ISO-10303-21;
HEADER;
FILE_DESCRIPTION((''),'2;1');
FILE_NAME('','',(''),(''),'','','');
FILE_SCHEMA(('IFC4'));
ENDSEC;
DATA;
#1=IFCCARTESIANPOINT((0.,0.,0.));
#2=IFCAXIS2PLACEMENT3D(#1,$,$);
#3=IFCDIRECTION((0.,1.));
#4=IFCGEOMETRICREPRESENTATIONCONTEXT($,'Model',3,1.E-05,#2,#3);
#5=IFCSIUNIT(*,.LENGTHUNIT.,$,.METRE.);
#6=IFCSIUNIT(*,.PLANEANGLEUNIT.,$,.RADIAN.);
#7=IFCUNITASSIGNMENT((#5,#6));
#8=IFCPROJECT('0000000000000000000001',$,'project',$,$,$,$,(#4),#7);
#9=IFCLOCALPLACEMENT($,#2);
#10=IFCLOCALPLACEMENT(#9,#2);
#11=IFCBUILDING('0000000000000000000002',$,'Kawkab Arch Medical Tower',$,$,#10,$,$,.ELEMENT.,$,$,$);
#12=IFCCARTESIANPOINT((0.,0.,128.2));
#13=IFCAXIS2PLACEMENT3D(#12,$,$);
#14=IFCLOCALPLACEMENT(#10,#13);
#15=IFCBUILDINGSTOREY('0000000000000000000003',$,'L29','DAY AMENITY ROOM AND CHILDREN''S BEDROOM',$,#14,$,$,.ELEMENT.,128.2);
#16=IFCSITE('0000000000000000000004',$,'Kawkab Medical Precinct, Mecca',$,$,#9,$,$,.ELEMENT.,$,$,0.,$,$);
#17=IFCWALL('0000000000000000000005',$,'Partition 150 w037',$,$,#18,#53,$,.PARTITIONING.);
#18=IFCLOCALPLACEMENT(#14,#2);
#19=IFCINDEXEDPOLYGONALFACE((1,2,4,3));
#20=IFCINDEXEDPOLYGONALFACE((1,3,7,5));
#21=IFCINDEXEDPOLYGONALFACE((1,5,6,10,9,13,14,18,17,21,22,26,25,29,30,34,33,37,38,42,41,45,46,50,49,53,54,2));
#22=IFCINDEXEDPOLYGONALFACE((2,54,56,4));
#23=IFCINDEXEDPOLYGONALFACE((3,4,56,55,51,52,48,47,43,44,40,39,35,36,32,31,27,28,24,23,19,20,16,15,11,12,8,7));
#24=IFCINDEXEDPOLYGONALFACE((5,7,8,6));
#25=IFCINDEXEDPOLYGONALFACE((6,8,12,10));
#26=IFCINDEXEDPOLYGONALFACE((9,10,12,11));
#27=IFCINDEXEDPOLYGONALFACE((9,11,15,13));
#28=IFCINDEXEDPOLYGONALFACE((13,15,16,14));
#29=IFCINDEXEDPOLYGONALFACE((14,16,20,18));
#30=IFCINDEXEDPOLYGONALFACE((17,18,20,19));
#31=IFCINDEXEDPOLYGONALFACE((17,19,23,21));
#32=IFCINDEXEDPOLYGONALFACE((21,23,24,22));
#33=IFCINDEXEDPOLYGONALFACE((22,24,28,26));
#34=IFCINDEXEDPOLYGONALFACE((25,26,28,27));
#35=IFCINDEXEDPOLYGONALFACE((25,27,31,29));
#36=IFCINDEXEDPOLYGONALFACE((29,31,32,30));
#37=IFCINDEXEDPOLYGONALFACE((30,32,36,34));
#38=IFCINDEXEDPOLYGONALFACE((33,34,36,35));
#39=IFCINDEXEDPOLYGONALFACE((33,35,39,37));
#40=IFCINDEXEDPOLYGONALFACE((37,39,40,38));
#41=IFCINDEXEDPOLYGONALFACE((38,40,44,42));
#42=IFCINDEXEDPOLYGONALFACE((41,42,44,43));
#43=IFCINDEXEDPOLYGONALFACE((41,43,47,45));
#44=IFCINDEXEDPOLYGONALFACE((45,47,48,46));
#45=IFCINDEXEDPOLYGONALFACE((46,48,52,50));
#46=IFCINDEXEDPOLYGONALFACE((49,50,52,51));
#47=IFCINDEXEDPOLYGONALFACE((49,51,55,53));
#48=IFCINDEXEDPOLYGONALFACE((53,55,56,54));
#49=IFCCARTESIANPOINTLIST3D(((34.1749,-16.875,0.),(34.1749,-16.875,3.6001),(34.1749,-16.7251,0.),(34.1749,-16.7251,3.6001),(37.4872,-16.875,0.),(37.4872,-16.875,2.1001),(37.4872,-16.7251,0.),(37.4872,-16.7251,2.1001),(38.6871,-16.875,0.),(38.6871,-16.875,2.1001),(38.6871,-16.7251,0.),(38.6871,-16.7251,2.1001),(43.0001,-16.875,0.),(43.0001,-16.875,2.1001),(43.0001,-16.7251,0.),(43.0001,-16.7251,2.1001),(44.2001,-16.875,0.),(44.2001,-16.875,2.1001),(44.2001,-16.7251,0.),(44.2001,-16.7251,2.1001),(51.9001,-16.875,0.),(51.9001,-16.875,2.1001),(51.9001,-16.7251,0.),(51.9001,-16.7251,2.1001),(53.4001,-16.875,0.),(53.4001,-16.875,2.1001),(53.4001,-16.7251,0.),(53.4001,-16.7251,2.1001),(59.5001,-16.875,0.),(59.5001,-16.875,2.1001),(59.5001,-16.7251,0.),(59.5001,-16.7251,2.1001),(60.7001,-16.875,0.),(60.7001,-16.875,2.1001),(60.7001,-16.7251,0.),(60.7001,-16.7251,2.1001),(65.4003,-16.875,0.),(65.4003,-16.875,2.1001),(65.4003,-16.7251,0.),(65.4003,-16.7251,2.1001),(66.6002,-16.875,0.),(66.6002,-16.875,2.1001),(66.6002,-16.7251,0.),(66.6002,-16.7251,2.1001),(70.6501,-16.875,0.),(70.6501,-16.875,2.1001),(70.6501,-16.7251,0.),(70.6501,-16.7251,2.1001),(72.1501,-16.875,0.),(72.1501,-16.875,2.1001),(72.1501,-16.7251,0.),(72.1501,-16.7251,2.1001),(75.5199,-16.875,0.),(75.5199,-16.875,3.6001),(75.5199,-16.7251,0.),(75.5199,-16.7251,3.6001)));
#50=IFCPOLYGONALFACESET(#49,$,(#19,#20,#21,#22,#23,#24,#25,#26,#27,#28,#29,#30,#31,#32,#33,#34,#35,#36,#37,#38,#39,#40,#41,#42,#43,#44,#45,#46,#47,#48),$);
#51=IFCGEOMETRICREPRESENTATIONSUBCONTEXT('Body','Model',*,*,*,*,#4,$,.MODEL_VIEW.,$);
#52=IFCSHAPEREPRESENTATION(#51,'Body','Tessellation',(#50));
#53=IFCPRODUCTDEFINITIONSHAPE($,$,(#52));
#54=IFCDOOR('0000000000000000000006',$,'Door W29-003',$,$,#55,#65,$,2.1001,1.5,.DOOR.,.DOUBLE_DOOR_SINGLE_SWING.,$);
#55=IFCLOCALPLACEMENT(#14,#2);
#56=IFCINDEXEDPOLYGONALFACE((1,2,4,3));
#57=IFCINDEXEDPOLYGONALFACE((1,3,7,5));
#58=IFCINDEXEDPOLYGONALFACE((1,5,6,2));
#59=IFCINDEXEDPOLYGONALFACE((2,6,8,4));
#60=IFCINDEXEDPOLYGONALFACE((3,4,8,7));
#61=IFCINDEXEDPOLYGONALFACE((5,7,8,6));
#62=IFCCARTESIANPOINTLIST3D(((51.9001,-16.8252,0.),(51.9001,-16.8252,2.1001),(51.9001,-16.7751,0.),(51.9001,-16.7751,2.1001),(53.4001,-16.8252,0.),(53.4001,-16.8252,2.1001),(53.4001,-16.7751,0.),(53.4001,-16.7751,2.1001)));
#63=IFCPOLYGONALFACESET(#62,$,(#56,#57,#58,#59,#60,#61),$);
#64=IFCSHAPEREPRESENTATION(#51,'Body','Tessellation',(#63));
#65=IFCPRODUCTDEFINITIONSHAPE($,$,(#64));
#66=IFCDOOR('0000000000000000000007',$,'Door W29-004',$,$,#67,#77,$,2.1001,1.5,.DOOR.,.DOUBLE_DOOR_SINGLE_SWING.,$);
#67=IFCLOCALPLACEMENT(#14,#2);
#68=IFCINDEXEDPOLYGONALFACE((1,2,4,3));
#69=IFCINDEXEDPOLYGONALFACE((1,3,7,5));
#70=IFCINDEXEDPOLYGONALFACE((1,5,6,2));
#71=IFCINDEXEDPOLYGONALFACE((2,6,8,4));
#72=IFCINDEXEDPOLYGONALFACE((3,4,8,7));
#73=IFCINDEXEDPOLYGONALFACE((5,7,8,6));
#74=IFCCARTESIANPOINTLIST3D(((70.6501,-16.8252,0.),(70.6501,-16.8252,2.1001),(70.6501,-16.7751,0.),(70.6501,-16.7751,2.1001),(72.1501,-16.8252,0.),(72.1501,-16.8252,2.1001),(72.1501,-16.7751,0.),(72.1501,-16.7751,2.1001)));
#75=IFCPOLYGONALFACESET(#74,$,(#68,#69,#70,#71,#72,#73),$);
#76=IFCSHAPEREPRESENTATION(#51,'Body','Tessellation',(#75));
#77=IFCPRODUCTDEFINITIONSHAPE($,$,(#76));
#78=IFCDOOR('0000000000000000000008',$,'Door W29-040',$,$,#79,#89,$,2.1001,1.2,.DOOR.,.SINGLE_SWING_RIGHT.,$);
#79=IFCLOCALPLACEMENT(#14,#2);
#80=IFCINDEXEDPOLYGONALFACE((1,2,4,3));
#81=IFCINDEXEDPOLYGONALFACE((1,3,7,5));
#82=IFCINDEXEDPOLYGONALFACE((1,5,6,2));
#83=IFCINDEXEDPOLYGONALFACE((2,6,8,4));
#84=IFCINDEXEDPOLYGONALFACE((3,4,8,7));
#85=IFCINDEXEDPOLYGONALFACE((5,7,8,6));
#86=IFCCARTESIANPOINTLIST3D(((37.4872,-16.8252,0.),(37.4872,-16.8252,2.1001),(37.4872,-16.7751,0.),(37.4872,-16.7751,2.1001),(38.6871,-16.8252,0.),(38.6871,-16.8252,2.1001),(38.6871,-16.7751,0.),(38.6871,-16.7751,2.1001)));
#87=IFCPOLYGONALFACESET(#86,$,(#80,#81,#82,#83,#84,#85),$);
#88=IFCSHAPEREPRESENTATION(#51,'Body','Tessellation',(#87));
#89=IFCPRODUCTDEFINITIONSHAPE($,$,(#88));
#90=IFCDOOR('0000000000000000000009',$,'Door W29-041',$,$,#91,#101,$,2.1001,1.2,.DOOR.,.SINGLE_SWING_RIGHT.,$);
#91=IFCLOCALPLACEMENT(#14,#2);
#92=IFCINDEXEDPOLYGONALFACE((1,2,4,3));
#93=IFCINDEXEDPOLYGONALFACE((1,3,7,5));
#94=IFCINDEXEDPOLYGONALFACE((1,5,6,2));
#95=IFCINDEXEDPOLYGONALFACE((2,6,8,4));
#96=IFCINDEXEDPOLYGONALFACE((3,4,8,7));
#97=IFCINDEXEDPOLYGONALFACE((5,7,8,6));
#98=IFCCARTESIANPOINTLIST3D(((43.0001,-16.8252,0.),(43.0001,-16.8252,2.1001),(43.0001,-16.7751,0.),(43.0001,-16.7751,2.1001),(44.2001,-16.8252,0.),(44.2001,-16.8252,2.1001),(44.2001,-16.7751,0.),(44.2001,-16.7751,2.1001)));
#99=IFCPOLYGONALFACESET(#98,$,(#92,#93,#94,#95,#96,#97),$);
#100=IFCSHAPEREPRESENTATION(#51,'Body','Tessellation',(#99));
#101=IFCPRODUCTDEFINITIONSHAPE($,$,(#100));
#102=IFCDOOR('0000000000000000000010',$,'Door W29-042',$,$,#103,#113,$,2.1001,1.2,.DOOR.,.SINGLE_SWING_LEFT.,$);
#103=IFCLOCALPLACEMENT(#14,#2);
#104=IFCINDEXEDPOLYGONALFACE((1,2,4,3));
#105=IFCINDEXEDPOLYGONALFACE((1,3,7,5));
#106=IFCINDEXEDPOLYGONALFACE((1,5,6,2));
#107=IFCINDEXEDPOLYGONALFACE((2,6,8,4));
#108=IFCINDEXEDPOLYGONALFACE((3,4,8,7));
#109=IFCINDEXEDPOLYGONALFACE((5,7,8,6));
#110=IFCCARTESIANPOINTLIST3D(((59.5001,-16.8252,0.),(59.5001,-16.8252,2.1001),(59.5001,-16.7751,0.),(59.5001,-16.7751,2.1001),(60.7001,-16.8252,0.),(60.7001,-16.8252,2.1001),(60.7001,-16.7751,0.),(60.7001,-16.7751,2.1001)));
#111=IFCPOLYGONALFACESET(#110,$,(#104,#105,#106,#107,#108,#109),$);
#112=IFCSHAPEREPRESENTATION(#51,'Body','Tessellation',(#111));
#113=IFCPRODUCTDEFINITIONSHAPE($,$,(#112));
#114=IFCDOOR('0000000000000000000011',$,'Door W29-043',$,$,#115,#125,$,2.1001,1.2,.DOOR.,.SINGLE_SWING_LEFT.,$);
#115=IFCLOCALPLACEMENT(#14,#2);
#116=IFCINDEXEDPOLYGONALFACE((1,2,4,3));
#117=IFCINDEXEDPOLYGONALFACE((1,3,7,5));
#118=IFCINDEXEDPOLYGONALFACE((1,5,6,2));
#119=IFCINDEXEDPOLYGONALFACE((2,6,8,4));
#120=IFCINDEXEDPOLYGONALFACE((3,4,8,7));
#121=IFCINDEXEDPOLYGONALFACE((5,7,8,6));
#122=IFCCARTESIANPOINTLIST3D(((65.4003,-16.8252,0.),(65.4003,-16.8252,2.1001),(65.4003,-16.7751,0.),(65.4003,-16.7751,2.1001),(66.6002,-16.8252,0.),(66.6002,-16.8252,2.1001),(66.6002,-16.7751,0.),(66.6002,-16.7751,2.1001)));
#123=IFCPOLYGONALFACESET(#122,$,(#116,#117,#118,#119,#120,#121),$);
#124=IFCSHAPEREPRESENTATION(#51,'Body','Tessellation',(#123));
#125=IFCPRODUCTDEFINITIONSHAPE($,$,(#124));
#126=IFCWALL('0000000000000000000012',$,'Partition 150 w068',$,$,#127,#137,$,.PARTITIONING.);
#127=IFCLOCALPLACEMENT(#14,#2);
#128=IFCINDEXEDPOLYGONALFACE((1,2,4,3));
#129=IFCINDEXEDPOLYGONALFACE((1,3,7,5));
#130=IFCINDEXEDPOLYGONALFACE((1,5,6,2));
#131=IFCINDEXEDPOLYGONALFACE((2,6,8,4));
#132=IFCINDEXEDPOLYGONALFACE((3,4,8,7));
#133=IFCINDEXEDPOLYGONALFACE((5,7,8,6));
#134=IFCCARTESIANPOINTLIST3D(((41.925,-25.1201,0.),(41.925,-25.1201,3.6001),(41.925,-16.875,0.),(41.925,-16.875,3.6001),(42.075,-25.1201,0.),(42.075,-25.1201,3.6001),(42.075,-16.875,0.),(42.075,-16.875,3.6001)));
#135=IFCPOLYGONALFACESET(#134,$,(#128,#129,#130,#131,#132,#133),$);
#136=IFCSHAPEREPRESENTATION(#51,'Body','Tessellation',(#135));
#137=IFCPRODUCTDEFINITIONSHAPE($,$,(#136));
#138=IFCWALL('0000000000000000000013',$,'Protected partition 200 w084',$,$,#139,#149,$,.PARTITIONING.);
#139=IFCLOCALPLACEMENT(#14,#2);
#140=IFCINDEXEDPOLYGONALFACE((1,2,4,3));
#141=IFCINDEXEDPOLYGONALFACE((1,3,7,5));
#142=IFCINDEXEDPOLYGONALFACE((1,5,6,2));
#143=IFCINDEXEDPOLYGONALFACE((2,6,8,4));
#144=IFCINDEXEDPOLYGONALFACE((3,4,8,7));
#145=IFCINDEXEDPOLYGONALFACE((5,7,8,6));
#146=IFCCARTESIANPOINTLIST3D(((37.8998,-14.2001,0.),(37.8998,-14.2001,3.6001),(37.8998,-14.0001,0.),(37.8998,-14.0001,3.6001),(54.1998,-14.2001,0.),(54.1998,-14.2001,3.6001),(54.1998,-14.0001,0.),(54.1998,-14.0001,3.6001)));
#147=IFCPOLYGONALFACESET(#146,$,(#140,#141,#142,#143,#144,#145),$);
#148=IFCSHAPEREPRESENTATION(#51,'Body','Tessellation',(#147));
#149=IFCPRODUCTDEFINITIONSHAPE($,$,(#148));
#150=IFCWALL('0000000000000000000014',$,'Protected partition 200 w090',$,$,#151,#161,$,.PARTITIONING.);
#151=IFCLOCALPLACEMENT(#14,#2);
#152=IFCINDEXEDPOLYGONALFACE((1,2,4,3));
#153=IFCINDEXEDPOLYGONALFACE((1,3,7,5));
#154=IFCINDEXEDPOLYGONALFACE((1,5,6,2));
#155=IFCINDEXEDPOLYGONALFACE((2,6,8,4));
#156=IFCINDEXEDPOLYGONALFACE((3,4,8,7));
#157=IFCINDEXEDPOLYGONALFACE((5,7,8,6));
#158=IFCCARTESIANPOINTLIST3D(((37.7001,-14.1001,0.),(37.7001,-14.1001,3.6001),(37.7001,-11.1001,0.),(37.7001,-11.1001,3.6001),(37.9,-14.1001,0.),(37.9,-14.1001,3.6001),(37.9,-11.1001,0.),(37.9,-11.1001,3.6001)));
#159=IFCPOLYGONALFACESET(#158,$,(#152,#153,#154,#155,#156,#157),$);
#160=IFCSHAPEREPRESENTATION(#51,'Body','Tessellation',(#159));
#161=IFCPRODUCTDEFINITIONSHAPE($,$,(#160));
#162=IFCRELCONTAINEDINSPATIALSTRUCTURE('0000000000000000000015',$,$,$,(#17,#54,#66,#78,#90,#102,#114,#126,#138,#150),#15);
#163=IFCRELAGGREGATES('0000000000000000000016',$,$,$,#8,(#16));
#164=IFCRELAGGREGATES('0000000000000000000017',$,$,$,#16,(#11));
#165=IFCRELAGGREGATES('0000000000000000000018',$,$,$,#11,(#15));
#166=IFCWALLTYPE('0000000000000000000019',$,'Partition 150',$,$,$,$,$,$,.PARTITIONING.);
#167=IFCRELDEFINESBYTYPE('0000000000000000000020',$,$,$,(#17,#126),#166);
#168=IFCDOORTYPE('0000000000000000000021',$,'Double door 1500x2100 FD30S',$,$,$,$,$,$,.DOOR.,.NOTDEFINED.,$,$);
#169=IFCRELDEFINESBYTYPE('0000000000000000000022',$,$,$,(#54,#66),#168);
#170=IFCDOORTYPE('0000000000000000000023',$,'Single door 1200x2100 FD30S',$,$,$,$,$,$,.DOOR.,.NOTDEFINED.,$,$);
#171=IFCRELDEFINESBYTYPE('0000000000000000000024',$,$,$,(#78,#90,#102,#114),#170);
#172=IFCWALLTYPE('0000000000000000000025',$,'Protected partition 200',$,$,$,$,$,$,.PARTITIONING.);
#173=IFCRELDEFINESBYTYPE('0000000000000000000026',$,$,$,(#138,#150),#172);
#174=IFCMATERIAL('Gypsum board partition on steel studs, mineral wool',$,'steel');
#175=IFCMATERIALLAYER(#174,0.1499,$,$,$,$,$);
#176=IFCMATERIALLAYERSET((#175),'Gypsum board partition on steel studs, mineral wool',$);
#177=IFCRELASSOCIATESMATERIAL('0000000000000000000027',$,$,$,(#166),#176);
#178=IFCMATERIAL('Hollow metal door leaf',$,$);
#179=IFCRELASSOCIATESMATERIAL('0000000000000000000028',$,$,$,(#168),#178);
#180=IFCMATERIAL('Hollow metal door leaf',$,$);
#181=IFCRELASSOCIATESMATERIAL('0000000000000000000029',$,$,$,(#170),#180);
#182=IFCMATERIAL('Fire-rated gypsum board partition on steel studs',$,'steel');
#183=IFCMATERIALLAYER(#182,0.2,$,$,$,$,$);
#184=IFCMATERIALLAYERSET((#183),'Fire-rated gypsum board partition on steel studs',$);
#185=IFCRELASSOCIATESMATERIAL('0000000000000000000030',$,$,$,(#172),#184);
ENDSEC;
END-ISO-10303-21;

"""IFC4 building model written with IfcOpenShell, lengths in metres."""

from ifc_helpers import new_model, si_unit, direction, frame, frame_2d, origin, place, context, subcontext, project, spatial, rectangle, extrude, material, layer, layer_set, type_object, element, fill, save


model = new_model("IFC4")

# Units and contexts
model_context = context("Model", 3, precision=1e-05, world=origin(), true_north=direction((0.0, 1.0)))
body_context = subcontext(model_context, "Body", "Model", "MODEL_VIEW")
ifc_project = project(units=[si_unit("LENGTHUNIT", "METRE"), si_unit("PLANEANGLEUNIT", "RADIAN")], contexts=[model_context])

# Site, building, storey
site_placement = place(None, origin())
site = spatial("IfcSite", under=ifc_project, at=site_placement, Name="Kawkab Medical Precinct, Mecca", CompositionType="ELEMENT", RefElevation=0.0)
building_placement = place(site_placement, origin())
building = spatial("IfcBuilding", under=site, at=building_placement, Name="Kawkab Arch Medical Tower", CompositionType="ELEMENT")
storey_placement = place(building_placement, frame((0.0, 0.0, 128.2)))
storey = spatial("IfcBuildingStorey", under=building, at=storey_placement, Name="L29", Description="DAY AMENITY ROOM AND CHILDREN'S BEDROOM", CompositionType="ELEMENT", Elevation=128.2)

# Wall, openings, doors
ifc_material_1 = material(Name="Gypsum board partition on steel studs, mineral wool", Category="steel")
ifc_layer_1 = layer(ifc_material_1, 0.1499)
ifc_layer_set_1 = layer_set([ifc_layer_1], Name="Gypsum board partition on steel studs, mineral wool")
wall_type_1 = type_object("IfcWallType", Name="Partition 150", PredefinedType="PARTITIONING", material=ifc_layer_set_1)
wall_1_placement = place(storey_placement, frame((34.175, -16.8, 0.0), z_axis=(0.0, 0.0, 1.0), x_axis=(1.0, 0.0, 0.0)))
wall_1 = element("IfcWall", 1, at=wall_1_placement, inside=storey, type_object=wall_type_1, Name="Partition 150 w037", PredefinedType="PARTITIONING", context=body_context, shape_type="SweptSolid", body=[
    extrude(rectangle(XDim=41.345, YDim=0.1499, at=frame_2d((20.6724, 0.0))), origin(), (0.0, 0.0, 1.0), 3.6001),
])
opening_1_placement = place(wall_1_placement, frame((3.312, 0.0, 0.0)))
opening_1 = element("IfcOpeningElement", 2, at=opening_1_placement, cuts=wall_1, PredefinedType="OPENING", context=body_context, shape_type="SweptSolid", body=[
    extrude(rectangle(XDim=1.2, YDim=2.1001, at=frame_2d((0.6001, 1.05))), frame((0.0, 0.085, 0.0), z_axis=(0.0, -1.0, 0.0), x_axis=(1.0, 0.0, 0.0)), (0.0, 0.0, 1.0), 0.1699),
])
opening_2_placement = place(wall_1_placement, frame((8.825, 0.0, 0.0)))
opening_2 = element("IfcOpeningElement", 3, at=opening_2_placement, cuts=wall_1, PredefinedType="OPENING", context=body_context, shape_type="SweptSolid", body=[
    extrude(rectangle(XDim=1.2, YDim=2.1001, at=frame_2d((0.6001, 1.05))), frame((0.0, 0.085, 0.0), z_axis=(0.0, -1.0, 0.0), x_axis=(1.0, 0.0, 0.0)), (0.0, 0.0, 1.0), 0.1699),
])
opening_3_placement = place(wall_1_placement, frame((17.7251, 0.0, 0.0)))
opening_3 = element("IfcOpeningElement", 4, at=opening_3_placement, cuts=wall_1, PredefinedType="OPENING", context=body_context, shape_type="SweptSolid", body=[
    extrude(rectangle(XDim=1.5, YDim=2.1001, at=frame_2d((0.75, 1.05))), frame((0.0, 0.085, 0.0), z_axis=(0.0, -1.0, 0.0), x_axis=(1.0, 0.0, 0.0)), (0.0, 0.0, 1.0), 0.1699),
])
opening_4_placement = place(wall_1_placement, frame((25.325, 0.0, 0.0)))
opening_4 = element("IfcOpeningElement", 5, at=opening_4_placement, cuts=wall_1, PredefinedType="OPENING", context=body_context, shape_type="SweptSolid", body=[
    extrude(rectangle(XDim=1.2, YDim=2.1001, at=frame_2d((0.6001, 1.05))), frame((0.0, 0.085, 0.0), z_axis=(0.0, -1.0, 0.0), x_axis=(1.0, 0.0, 0.0)), (0.0, 0.0, 1.0), 0.1699),
])
opening_5_placement = place(wall_1_placement, frame((31.2251, 0.0, 0.0)))
opening_5 = element("IfcOpeningElement", 6, at=opening_5_placement, cuts=wall_1, PredefinedType="OPENING", context=body_context, shape_type="SweptSolid", body=[
    extrude(rectangle(XDim=1.2, YDim=2.1001, at=frame_2d((0.6001, 1.05))), frame((0.0, 0.085, 0.0), z_axis=(0.0, -1.0, 0.0), x_axis=(1.0, 0.0, 0.0)), (0.0, 0.0, 1.0), 0.1699),
])
opening_6_placement = place(wall_1_placement, frame((36.4751, 0.0, 0.0)))
opening_6 = element("IfcOpeningElement", 7, at=opening_6_placement, cuts=wall_1, PredefinedType="OPENING", context=body_context, shape_type="SweptSolid", body=[
    extrude(rectangle(XDim=1.5, YDim=2.1001, at=frame_2d((0.75, 1.05))), frame((0.0, 0.085, 0.0), z_axis=(0.0, -1.0, 0.0), x_axis=(1.0, 0.0, 0.0)), (0.0, 0.0, 1.0), 0.1699),
])
ifc_material_2 = material(Name="Hollow metal door leaf")
door_type_1 = type_object("IfcDoorType", Name="Double door 1500x2100 FD30S", OperationType="NOTDEFINED", PredefinedType="DOOR", material=ifc_material_2)
door_1_placement = place(opening_3_placement, origin())
door_1 = element("IfcDoor", 8, at=door_1_placement, inside=storey, type_object=door_type_1, Name="Door W29-003", OperationType="DOUBLE_DOOR_SINGLE_SWING", OverallHeight=2.1001, OverallWidth=1.5, PredefinedType="DOOR", context=body_context, shape_type="SweptSolid", body=[
    extrude(rectangle(XDim=1.5, YDim=2.1001, at=frame_2d((0.75, 1.05))), frame((0.0, 0.0249, 0.0), z_axis=(0.0, -1.0, 0.0), x_axis=(1.0, 0.0, 0.0)), (0.0, 0.0, 1.0), 0.05),
])
fill(opening_3, door_1)
door_2_placement = place(opening_6_placement, origin())
door_2 = element("IfcDoor", 9, at=door_2_placement, inside=storey, type_object=door_type_1, Name="Door W29-004", OperationType="DOUBLE_DOOR_SINGLE_SWING", OverallHeight=2.1001, OverallWidth=1.5, PredefinedType="DOOR", context=body_context, shape_type="SweptSolid", body=[
    extrude(rectangle(XDim=1.5, YDim=2.1001, at=frame_2d((0.75, 1.05))), frame((0.0, 0.0249, 0.0), z_axis=(0.0, -1.0, 0.0), x_axis=(1.0, 0.0, 0.0)), (0.0, 0.0, 1.0), 0.05),
])
fill(opening_6, door_2)
ifc_material_3 = material(Name="Hollow metal door leaf")
door_type_2 = type_object("IfcDoorType", Name="Single door 1200x2100 FD30S", OperationType="NOTDEFINED", PredefinedType="DOOR", material=ifc_material_3)
door_3_placement = place(opening_1_placement, origin())
door_3 = element("IfcDoor", 10, at=door_3_placement, inside=storey, type_object=door_type_2, Name="Door W29-040", OperationType="SINGLE_SWING_RIGHT", OverallHeight=2.1001, OverallWidth=1.2, PredefinedType="DOOR", context=body_context, shape_type="SweptSolid", body=[
    extrude(rectangle(XDim=1.2, YDim=2.1001, at=frame_2d((0.6001, 1.05))), frame((0.0, 0.0249, 0.0), z_axis=(0.0, -1.0, 0.0), x_axis=(1.0, 0.0, 0.0)), (0.0, 0.0, 1.0), 0.05),
])
fill(opening_1, door_3)
door_4_placement = place(opening_2_placement, origin())
door_4 = element("IfcDoor", 11, at=door_4_placement, inside=storey, type_object=door_type_2, Name="Door W29-041", OperationType="SINGLE_SWING_RIGHT", OverallHeight=2.1001, OverallWidth=1.2, PredefinedType="DOOR", context=body_context, shape_type="SweptSolid", body=[
    extrude(rectangle(XDim=1.2, YDim=2.1001, at=frame_2d((0.6001, 1.05))), frame((0.0, 0.0249, 0.0), z_axis=(0.0, -1.0, 0.0), x_axis=(1.0, 0.0, 0.0)), (0.0, 0.0, 1.0), 0.05),
])
fill(opening_2, door_4)
door_5_placement = place(opening_4_placement, origin())
door_5 = element("IfcDoor", 12, at=door_5_placement, inside=storey, type_object=door_type_2, Name="Door W29-042", OperationType="SINGLE_SWING_LEFT", OverallHeight=2.1001, OverallWidth=1.2, PredefinedType="DOOR", context=body_context, shape_type="SweptSolid", body=[
    extrude(rectangle(XDim=1.2, YDim=2.1001, at=frame_2d((0.6001, 1.05))), frame((0.0, 0.0249, 0.0), z_axis=(0.0, -1.0, 0.0), x_axis=(1.0, 0.0, 0.0)), (0.0, 0.0, 1.0), 0.05),
])
fill(opening_4, door_5)
door_6_placement = place(opening_5_placement, origin())
door_6 = element("IfcDoor", 13, at=door_6_placement, inside=storey, type_object=door_type_2, Name="Door W29-043", OperationType="SINGLE_SWING_LEFT", OverallHeight=2.1001, OverallWidth=1.2, PredefinedType="DOOR", context=body_context, shape_type="SweptSolid", body=[
    extrude(rectangle(XDim=1.2, YDim=2.1001, at=frame_2d((0.6001, 1.05))), frame((0.0, 0.0249, 0.0), z_axis=(0.0, -1.0, 0.0), x_axis=(1.0, 0.0, 0.0)), (0.0, 0.0, 1.0), 0.05),
])
fill(opening_5, door_6)

# Walls
wall_2_placement = place(storey_placement, frame((42.0, -25.1201, 0.0), z_axis=(0.0, 0.0, 1.0), x_axis=(0.0, 1.0, 0.0)))
element("IfcWall", 14, at=wall_2_placement, inside=storey, type_object=wall_type_1, Name="Partition 150 w068", PredefinedType="PARTITIONING", context=body_context, shape_type="SweptSolid", body=[
    extrude(rectangle(XDim=8.2451, YDim=0.1499, at=frame_2d((4.1226, 0.0))), origin(), (0.0, 0.0, 1.0), 3.6001),
])
ifc_material_4 = material(Name="Fire-rated gypsum board partition on steel studs", Category="steel")
ifc_layer_2 = layer(ifc_material_4, 0.2)
ifc_layer_set_2 = layer_set([ifc_layer_2], Name="Fire-rated gypsum board partition on steel studs")
wall_type_2 = type_object("IfcWallType", Name="Protected partition 200", PredefinedType="PARTITIONING", material=ifc_layer_set_2)
wall_3_placement = place(storey_placement, frame((37.8999, -14.1001, 0.0), z_axis=(0.0, 0.0, 1.0), x_axis=(1.0, 0.0, 0.0)))
element("IfcWall", 15, at=wall_3_placement, inside=storey, type_object=wall_type_2, Name="Protected partition 200 w084", PredefinedType="PARTITIONING", context=body_context, shape_type="SweptSolid", body=[
    extrude(rectangle(XDim=16.3, YDim=0.2, at=frame_2d((8.1499, 0.0))), origin(), (0.0, 0.0, 1.0), 3.6001),
])
wall_4_placement = place(storey_placement, frame((37.8, -14.1001, 0.0), z_axis=(0.0, 0.0, 1.0), x_axis=(0.0, 1.0, 0.0)))
element("IfcWall", 16, at=wall_4_placement, inside=storey, type_object=wall_type_2, Name="Protected partition 200 w090", PredefinedType="PARTITIONING", context=body_context, shape_type="SweptSolid", body=[
    extrude(rectangle(XDim=3.0, YDim=0.2, at=frame_2d((1.5, 0.0))), origin(), (0.0, 0.0, 1.0), 3.6001),
])

save(model, "model.ifc")
